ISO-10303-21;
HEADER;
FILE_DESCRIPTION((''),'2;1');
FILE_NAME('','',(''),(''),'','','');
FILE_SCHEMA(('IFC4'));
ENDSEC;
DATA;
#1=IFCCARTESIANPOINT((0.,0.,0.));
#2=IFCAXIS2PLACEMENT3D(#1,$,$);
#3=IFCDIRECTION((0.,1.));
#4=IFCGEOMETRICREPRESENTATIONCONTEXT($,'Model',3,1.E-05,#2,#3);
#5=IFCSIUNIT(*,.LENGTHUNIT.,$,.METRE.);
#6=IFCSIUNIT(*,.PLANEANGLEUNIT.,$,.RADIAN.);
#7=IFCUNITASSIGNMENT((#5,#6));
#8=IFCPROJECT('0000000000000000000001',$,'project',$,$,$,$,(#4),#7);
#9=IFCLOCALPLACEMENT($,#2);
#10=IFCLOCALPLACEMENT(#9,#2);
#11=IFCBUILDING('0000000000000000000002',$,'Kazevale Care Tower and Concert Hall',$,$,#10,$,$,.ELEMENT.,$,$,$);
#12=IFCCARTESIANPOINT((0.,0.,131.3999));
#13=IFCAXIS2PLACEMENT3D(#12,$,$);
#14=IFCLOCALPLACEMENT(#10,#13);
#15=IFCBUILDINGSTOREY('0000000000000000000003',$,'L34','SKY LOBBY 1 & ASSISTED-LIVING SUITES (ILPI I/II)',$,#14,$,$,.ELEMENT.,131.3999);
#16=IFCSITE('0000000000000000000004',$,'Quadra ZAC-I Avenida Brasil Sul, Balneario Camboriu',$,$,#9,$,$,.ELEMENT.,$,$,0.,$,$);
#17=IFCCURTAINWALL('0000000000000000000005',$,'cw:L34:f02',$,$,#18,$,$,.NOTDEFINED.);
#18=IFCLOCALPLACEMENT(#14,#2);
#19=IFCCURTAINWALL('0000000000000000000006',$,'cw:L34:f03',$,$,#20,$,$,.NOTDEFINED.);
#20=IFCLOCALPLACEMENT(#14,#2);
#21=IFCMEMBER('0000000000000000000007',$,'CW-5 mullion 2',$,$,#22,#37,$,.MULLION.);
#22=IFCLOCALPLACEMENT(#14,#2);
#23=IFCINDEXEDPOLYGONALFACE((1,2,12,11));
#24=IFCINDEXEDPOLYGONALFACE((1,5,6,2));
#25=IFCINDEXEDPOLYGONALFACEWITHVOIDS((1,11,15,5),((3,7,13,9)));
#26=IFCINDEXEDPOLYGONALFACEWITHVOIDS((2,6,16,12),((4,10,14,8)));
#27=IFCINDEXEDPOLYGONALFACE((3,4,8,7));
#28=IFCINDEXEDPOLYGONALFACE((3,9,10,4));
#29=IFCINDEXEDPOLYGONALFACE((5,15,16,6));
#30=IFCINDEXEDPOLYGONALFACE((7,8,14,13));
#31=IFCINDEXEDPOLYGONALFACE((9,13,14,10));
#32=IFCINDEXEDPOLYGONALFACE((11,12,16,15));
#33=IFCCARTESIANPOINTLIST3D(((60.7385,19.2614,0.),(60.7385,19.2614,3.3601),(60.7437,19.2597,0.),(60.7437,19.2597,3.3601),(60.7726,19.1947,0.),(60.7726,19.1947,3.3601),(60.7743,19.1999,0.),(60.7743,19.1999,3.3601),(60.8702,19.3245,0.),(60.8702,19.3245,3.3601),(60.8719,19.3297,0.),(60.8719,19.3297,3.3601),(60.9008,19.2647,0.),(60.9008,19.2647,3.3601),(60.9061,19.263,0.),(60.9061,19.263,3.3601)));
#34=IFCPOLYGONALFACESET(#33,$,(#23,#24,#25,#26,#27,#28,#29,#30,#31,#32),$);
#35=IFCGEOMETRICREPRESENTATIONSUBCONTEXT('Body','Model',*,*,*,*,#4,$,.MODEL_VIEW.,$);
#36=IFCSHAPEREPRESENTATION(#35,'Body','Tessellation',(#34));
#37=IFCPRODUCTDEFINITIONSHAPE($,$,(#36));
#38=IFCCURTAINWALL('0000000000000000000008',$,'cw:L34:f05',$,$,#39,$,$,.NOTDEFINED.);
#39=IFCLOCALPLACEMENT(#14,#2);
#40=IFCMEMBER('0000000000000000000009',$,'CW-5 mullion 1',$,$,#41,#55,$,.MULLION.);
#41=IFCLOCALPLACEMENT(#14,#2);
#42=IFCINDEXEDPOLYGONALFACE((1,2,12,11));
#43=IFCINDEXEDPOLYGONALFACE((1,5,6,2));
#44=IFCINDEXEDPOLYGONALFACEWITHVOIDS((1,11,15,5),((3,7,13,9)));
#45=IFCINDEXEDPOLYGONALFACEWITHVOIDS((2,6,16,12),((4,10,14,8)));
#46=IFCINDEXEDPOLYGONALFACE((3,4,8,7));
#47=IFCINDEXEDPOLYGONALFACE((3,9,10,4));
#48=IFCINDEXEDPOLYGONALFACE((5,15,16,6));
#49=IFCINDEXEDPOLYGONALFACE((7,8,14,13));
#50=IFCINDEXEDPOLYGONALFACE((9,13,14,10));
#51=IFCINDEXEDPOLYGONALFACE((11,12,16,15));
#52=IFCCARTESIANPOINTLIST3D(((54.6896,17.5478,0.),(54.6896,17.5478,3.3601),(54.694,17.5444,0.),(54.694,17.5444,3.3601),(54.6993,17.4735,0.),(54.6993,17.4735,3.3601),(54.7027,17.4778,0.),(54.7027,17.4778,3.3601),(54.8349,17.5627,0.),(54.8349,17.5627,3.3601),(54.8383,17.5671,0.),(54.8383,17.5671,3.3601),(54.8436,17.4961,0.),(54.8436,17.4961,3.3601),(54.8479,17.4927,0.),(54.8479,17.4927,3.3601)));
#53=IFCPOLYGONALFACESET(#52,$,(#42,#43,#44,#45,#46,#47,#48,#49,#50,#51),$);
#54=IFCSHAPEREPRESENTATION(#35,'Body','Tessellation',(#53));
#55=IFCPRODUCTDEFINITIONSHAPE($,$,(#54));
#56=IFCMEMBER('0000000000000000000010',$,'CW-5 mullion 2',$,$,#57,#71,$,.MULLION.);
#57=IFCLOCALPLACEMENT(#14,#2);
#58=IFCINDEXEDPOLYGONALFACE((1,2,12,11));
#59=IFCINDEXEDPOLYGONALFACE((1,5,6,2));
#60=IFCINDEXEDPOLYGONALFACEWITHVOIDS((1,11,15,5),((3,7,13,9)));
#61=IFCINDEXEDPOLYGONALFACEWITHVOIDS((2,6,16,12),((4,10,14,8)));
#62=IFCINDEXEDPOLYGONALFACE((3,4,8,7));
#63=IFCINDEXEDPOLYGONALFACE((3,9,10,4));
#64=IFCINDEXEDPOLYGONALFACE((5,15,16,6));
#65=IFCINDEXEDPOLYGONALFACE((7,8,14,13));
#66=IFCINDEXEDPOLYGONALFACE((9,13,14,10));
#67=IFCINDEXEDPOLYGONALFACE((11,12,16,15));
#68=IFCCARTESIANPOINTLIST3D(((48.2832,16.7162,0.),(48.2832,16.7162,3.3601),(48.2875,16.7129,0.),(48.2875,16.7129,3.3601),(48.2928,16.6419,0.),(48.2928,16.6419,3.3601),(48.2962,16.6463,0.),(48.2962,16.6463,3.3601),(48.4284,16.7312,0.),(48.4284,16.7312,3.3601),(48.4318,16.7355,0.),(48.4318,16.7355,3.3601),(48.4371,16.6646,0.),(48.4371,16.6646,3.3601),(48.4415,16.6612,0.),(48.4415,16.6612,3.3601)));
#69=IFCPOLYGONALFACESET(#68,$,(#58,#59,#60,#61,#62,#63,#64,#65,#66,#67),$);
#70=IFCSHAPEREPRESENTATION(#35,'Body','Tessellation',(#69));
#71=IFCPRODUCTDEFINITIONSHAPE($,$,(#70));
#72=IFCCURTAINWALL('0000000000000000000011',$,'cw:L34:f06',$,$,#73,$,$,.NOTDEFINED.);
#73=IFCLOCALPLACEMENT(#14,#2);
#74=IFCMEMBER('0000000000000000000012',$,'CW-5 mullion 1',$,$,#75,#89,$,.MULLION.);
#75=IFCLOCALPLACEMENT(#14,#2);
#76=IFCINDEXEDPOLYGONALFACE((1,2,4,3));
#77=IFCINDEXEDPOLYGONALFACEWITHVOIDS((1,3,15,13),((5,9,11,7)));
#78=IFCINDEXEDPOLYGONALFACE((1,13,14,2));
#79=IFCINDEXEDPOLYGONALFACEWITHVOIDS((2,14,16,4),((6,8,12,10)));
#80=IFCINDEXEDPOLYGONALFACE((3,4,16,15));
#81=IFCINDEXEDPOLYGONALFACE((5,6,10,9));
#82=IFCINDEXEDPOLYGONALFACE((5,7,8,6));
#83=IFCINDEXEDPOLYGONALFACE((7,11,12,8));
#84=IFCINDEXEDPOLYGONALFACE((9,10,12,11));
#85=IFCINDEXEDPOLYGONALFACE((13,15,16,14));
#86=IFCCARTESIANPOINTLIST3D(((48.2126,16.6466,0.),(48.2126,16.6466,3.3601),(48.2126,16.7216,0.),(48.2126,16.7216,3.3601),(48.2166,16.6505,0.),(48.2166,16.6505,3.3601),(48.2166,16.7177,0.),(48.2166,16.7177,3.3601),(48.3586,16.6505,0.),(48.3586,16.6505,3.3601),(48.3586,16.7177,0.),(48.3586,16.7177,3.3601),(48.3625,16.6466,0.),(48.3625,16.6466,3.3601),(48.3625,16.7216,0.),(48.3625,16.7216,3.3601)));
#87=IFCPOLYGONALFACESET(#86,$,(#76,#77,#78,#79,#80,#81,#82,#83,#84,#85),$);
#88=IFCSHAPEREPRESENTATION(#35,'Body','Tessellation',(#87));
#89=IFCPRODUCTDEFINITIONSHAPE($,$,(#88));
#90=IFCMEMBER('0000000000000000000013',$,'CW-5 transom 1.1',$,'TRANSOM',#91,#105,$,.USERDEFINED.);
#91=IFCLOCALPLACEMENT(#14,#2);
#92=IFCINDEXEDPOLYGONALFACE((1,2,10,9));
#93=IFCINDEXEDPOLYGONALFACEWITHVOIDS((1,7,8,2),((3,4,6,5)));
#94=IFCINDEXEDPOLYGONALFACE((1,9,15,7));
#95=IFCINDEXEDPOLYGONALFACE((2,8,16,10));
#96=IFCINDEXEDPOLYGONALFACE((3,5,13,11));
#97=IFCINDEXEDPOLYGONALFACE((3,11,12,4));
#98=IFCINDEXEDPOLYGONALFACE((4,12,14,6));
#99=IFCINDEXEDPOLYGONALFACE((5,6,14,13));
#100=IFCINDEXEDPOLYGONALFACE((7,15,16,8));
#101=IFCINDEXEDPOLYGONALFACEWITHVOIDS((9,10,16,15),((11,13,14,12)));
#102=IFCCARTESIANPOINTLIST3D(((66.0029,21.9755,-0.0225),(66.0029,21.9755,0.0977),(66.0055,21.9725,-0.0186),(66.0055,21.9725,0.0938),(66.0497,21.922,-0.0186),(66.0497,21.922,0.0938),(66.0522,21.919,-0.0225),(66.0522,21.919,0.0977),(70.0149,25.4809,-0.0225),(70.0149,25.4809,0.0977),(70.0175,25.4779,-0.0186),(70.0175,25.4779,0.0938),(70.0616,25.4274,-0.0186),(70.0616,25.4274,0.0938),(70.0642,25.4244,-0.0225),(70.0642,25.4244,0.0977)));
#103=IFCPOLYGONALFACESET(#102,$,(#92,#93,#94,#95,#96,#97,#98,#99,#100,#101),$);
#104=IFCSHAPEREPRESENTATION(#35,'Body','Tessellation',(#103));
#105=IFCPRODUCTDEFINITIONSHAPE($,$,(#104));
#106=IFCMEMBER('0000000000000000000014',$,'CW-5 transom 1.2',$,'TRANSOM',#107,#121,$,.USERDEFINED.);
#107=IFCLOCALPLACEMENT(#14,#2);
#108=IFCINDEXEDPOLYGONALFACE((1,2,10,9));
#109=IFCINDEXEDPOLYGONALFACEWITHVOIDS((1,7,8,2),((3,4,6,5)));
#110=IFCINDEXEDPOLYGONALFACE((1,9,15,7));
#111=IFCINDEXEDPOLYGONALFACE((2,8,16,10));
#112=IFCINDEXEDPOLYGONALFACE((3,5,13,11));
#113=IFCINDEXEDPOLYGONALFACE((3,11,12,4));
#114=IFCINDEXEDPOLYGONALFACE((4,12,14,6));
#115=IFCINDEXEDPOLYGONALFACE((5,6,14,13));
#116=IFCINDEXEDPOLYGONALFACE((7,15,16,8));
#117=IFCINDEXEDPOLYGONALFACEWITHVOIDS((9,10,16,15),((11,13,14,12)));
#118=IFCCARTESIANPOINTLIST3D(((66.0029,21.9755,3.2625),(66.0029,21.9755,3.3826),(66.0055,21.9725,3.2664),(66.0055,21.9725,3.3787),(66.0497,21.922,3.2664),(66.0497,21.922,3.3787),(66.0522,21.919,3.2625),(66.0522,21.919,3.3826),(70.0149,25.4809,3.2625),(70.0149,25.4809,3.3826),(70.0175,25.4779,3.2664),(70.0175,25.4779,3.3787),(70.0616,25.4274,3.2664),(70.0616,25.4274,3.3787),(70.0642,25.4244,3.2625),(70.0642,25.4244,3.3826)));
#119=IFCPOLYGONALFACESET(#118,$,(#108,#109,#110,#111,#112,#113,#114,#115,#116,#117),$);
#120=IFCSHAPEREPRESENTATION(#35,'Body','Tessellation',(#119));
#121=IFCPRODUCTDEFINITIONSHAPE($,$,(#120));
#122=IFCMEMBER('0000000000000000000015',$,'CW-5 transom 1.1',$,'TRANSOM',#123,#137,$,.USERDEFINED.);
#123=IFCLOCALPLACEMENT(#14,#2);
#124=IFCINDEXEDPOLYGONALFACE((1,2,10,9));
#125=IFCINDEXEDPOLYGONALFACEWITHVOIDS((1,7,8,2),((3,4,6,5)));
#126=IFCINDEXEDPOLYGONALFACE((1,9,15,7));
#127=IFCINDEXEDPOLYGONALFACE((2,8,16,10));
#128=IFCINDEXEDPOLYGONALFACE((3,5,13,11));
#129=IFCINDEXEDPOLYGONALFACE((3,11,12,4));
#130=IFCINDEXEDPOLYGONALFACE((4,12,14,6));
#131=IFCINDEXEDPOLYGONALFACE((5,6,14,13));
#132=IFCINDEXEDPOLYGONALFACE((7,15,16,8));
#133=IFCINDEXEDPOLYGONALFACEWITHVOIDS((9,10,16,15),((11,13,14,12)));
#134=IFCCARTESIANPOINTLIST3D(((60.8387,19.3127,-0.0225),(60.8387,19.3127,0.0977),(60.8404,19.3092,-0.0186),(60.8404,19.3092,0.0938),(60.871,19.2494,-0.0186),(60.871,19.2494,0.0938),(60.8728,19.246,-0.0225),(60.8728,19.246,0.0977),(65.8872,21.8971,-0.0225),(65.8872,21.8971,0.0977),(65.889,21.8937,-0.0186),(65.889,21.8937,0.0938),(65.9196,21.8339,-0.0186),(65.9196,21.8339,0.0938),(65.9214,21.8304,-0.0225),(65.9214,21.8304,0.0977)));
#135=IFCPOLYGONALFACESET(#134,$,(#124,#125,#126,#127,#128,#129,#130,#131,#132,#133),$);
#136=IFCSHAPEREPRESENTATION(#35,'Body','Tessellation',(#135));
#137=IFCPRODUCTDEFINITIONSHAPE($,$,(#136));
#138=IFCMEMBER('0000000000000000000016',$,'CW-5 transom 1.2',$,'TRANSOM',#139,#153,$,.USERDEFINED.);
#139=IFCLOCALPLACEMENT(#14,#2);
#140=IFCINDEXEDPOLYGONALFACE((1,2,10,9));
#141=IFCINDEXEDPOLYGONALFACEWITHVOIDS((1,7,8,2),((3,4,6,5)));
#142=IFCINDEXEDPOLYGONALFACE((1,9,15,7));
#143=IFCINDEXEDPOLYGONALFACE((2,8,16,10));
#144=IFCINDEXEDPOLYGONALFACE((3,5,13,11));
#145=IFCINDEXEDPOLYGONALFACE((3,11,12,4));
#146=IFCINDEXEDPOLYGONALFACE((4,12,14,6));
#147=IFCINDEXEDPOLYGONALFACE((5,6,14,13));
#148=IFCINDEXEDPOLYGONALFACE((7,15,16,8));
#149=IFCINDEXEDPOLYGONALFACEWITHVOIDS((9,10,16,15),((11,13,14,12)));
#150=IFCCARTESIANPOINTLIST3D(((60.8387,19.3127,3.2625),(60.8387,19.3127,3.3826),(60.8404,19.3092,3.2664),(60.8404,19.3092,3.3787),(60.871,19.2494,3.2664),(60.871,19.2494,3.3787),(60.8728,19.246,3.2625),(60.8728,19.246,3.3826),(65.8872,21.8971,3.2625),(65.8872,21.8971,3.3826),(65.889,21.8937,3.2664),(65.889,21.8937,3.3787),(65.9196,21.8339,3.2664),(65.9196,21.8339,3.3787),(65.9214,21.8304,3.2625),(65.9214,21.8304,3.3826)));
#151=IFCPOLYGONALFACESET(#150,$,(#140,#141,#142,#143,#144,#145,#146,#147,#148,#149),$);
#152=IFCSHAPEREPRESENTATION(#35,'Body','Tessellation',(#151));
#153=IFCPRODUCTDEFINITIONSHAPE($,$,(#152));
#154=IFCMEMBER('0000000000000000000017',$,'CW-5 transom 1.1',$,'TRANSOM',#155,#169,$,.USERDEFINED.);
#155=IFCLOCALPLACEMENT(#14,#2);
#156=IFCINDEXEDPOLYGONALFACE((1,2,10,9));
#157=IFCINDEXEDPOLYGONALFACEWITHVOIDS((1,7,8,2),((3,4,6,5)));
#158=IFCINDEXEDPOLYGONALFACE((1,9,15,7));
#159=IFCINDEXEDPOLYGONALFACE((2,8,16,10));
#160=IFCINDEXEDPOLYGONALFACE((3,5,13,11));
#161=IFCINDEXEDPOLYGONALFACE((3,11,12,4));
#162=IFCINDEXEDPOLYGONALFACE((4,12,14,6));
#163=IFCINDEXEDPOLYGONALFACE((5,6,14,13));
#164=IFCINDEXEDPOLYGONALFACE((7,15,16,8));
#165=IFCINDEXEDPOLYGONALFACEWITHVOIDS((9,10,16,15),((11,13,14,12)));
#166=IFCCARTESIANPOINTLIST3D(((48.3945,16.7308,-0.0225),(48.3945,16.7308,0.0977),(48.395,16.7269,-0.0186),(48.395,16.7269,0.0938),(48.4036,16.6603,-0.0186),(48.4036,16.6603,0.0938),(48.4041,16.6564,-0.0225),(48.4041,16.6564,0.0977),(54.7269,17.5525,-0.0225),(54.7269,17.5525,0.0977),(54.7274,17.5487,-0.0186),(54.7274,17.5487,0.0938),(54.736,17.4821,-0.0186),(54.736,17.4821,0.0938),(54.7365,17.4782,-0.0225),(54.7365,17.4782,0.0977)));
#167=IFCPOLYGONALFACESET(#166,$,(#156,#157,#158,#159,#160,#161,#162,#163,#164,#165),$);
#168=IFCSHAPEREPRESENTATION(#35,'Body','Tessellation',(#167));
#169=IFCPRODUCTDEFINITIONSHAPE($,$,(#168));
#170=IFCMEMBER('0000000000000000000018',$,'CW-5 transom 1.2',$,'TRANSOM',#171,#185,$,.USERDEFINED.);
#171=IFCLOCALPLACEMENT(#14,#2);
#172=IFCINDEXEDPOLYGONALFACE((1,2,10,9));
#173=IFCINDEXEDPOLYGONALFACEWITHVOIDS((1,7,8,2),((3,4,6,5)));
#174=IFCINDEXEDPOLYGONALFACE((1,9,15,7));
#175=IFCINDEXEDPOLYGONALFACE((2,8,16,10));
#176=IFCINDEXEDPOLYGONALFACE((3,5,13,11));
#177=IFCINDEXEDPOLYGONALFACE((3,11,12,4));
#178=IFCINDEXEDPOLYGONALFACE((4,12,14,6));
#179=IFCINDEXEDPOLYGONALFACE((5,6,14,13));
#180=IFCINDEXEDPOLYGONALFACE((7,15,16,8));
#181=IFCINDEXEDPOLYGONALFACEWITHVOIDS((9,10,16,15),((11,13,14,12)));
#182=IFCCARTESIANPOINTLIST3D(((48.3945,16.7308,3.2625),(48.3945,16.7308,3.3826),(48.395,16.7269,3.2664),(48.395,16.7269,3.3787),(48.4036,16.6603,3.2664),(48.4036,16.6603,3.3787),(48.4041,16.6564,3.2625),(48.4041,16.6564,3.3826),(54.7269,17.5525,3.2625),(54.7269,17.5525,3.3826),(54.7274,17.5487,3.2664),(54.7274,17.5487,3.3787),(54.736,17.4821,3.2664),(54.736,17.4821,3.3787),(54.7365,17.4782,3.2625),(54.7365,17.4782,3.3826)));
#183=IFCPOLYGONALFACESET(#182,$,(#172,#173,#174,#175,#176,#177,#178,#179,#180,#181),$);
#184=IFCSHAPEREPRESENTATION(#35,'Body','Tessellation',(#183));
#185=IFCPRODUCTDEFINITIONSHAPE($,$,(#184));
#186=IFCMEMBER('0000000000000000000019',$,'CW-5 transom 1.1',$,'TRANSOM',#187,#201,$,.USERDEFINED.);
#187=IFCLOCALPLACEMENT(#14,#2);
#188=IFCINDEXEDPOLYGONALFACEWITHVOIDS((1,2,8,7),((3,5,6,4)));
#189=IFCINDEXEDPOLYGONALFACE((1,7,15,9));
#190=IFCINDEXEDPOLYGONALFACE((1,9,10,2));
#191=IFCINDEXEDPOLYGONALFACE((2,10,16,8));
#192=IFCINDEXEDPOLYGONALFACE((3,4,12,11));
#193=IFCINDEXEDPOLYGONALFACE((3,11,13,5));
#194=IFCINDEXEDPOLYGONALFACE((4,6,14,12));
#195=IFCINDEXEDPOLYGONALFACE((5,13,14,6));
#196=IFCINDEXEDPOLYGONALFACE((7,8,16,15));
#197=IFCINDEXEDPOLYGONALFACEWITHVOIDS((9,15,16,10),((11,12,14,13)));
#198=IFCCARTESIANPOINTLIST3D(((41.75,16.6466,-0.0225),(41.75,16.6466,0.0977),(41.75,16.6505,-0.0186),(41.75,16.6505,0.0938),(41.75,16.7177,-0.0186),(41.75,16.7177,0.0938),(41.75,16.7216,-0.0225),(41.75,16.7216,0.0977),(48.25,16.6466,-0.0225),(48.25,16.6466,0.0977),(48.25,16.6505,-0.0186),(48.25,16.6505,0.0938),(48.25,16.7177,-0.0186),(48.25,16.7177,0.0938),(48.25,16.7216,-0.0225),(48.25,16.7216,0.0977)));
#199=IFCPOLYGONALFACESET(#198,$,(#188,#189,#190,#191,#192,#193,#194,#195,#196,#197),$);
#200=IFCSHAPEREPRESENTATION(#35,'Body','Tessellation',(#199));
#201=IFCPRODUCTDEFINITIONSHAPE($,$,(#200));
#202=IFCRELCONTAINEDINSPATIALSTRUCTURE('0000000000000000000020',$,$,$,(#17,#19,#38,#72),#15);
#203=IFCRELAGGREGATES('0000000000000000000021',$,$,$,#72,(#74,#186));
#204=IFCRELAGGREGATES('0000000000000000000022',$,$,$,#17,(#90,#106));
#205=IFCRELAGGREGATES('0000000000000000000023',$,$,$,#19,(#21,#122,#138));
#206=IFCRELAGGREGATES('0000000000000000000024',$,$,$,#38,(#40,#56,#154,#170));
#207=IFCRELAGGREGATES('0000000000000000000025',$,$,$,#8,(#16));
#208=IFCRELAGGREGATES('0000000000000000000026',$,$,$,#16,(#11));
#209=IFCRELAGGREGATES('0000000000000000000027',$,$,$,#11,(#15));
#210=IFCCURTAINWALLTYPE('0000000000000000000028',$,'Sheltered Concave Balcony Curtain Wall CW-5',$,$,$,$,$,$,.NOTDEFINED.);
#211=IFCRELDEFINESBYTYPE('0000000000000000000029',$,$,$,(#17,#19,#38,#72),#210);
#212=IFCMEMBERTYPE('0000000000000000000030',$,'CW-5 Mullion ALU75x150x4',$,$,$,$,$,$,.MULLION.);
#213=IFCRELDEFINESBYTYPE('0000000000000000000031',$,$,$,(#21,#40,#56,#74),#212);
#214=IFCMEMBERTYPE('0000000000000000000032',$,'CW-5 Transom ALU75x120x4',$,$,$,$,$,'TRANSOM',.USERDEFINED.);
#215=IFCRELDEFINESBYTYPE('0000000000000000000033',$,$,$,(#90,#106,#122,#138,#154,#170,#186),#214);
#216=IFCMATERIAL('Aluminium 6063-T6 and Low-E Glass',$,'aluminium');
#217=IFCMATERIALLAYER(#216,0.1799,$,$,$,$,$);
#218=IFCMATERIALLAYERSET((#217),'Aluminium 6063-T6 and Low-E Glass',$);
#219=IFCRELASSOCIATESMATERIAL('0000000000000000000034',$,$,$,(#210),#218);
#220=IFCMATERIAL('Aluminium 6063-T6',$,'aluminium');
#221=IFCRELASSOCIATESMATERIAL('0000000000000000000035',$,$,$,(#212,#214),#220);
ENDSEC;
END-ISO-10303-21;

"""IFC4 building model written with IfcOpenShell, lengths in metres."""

from ifc_helpers import new_model, si_unit, direction, frame, origin, origin_2d, place, context, subcontext, project, spatial, hollow_rectangle, extrude, material, layer, layer_set, material_profile, profile_set, type_object, element, aggregate, save


model = new_model("IFC4")

# Units and contexts
model_context = context("Model", 3, precision=1e-05, world=origin(), true_north=direction((0.0, 1.0)))
body_context = subcontext(model_context, "Body", "Model", "MODEL_VIEW")
ifc_project = project(units=[si_unit("LENGTHUNIT", "METRE"), si_unit("PLANEANGLEUNIT", "RADIAN")], contexts=[model_context])

# Site, building, storey
site_placement = place(None, origin())
site = spatial("IfcSite", under=ifc_project, at=site_placement, Name="Quadra ZAC-I Avenida Brasil Sul, Balneario Camboriu", CompositionType="ELEMENT", RefElevation=0.0)
building_placement = place(site_placement, origin())
building = spatial("IfcBuilding", under=site, at=building_placement, Name="Kazevale Care Tower and Concert Hall", CompositionType="ELEMENT")
storey_placement = place(building_placement, frame((0.0, 0.0, 131.3999)))
storey = spatial("IfcBuildingStorey", under=building, at=storey_placement, Name="L34", Description="SKY LOBBY 1 & ASSISTED-LIVING SUITES (ILPI I/II)", CompositionType="ELEMENT", Elevation=131.3999)

# Curtain walls, members
ifc_material_1 = material(Name="Aluminium 6063-T6 and Low-E Glass", Category="aluminium")
ifc_layer_1 = layer(ifc_material_1, 0.1799)
ifc_layer_set_1 = layer_set([ifc_layer_1], Name="Aluminium 6063-T6 and Low-E Glass")
curtain_wall_type = type_object("IfcCurtainWallType", Name="Sheltered Concave Balcony Curtain Wall CW-5", PredefinedType="NOTDEFINED", material=ifc_layer_set_1)
curtain_wall_1_placement = place(storey_placement, origin())
curtain_wall_1 = element("IfcCurtainWall", 1, at=curtain_wall_1_placement, inside=storey, type_object=curtain_wall_type, Name="cw:L34:f02", PredefinedType="NOTDEFINED")
ifc_material_2 = material(Name="Aluminium 6063-T6", Category="aluminium")
ifc_material_profile_1 = material_profile(ifc_material_2, hollow_rectangle(XDim=0.075, YDim=0.1499, WallThickness=0.0039, at=origin_2d()), Name="ALU75x150x4")
ifc_profile_set_1 = profile_set([ifc_material_profile_1], Name="Aluminium 6063-T6")
member_type_1 = type_object("IfcMemberType", Name="CW-5 Mullion ALU75x150x4", PredefinedType="MULLION", material=ifc_profile_set_1)
curtain_wall_2_placement = place(storey_placement, origin())
curtain_wall_2 = element("IfcCurtainWall", 2, at=curtain_wall_2_placement, inside=storey, type_object=curtain_wall_type, Name="cw:L34:f03", PredefinedType="NOTDEFINED")
member_1_placement = place(storey_placement, frame((60.8223, 19.2622, 0.0), z_axis=(0.0, 0.0, 1.0), x_axis=(0.455713, -0.890127, 0.0)))
member_1 = element("IfcMember", 3, at=member_1_placement, type_object=member_type_1, Name="CW-5 mullion 2", PredefinedType="MULLION", context=body_context, shape_type="SweptSolid", body=[
    extrude(hollow_rectangle(XDim=0.075, YDim=0.1499, WallThickness=0.0039, at=origin_2d()), origin(), (0.0, 0.0, 1.0), 3.3601),
])
curtain_wall_3_placement = place(storey_placement, origin())
curtain_wall_3 = element("IfcCurtainWall", 4, at=curtain_wall_3_placement, inside=storey, type_object=curtain_wall_type, Name="cw:L34:f05", PredefinedType="NOTDEFINED")
member_2_placement = place(storey_placement, frame((54.7688, 17.5203, 0.0), z_axis=(0.0, 0.0, 1.0), x_axis=(0.128685, -0.991686, 0.0)))
member_2 = element("IfcMember", 5, at=member_2_placement, type_object=member_type_1, Name="CW-5 mullion 1", PredefinedType="MULLION", context=body_context, shape_type="SweptSolid", body=[
    extrude(hollow_rectangle(XDim=0.075, YDim=0.1499, WallThickness=0.0039, at=origin_2d()), origin(), (0.0, 0.0, 1.0), 3.3601),
])
member_3_placement = place(storey_placement, frame((48.3623, 16.6887, 0.0), z_axis=(0.0, 0.0, 1.0), x_axis=(0.128685, -0.991686, 0.0)))
member_3 = element("IfcMember", 6, at=member_3_placement, type_object=member_type_1, Name="CW-5 mullion 2", PredefinedType="MULLION", context=body_context, shape_type="SweptSolid", body=[
    extrude(hollow_rectangle(XDim=0.075, YDim=0.1499, WallThickness=0.0039, at=origin_2d()), origin(), (0.0, 0.0, 1.0), 3.3601),
])

# Curtain wall, member
curtain_wall_4_placement = place(storey_placement, origin())
curtain_wall_4 = element("IfcCurtainWall", 7, at=curtain_wall_4_placement, inside=storey, type_object=curtain_wall_type, Name="cw:L34:f06", PredefinedType="NOTDEFINED")
member_4_placement = place(storey_placement, frame((48.2876, 16.6841, 0.0), z_axis=(0.0, 0.0, 1.0), x_axis=(0.0, -1.0, 0.0)))
member_4 = element("IfcMember", 8, at=member_4_placement, type_object=member_type_1, Name="CW-5 mullion 1", PredefinedType="MULLION", context=body_context, shape_type="SweptSolid", body=[
    extrude(hollow_rectangle(XDim=0.075, YDim=0.1499, WallThickness=0.0039, at=origin_2d()), origin(), (0.0, 0.0, 1.0), 3.3601),
])

# Members
ifc_material_profile_2 = material_profile(ifc_material_2, hollow_rectangle(XDim=0.075, YDim=0.1201, WallThickness=0.0039, at=origin_2d()), Name="ALU75x120x4")
ifc_profile_set_2 = profile_set([ifc_material_profile_2], Name="Aluminium 6063-T6")
member_type_2 = type_object("IfcMemberType", Name="CW-5 Transom ALU75x120x4", ElementType="TRANSOM", PredefinedType="USERDEFINED", material=ifc_profile_set_2)
member_5_placement = place(storey_placement, frame((70.0396, 25.4526, 0.0376), z_axis=(-0.753051, -0.657963, 0.0), x_axis=(0.657963, -0.753051, 0.0)))
member_5 = element("IfcMember", 9, at=member_5_placement, type_object=member_type_2, Name="CW-5 transom 1.1", ObjectType="TRANSOM", PredefinedType="USERDEFINED", context=body_context, shape_type="SweptSolid", body=[
    extrude(hollow_rectangle(XDim=0.075, YDim=0.1201, WallThickness=0.0039, at=origin_2d()), origin(), (0.0, 0.0, 1.0), 5.3276),
])
member_6_placement = place(storey_placement, frame((70.0396, 25.4526, 3.3225), z_axis=(-0.753051, -0.657963, 0.0), x_axis=(0.657963, -0.753051, 0.0)))
member_6 = element("IfcMember", 10, at=member_6_placement, type_object=member_type_2, Name="CW-5 transom 1.2", ObjectType="TRANSOM", PredefinedType="USERDEFINED", context=body_context, shape_type="SweptSolid", body=[
    extrude(hollow_rectangle(XDim=0.075, YDim=0.1201, WallThickness=0.0039, at=origin_2d()), origin(), (0.0, 0.0, 1.0), 5.3276),
])
member_7_placement = place(storey_placement, frame((65.9043, 21.8638, 0.0376), z_axis=(-0.890143, -0.455682, 0.0), x_axis=(0.455682, -0.890143, 0.0)))
member_7 = element("IfcMember", 11, at=member_7_placement, type_object=member_type_2, Name="CW-5 transom 1.1", ObjectType="TRANSOM", PredefinedType="USERDEFINED", context=body_context, shape_type="SweptSolid", body=[
    extrude(hollow_rectangle(XDim=0.075, YDim=0.1201, WallThickness=0.0039, at=origin_2d()), origin(), (0.0, 0.0, 1.0), 5.6716),
])
member_8_placement = place(storey_placement, frame((65.9043, 21.8638, 3.3225), z_axis=(-0.890143, -0.455682, 0.0), x_axis=(0.455682, -0.890143, 0.0)))
member_8 = element("IfcMember", 12, at=member_8_placement, type_object=member_type_2, Name="CW-5 transom 1.2", ObjectType="TRANSOM", PredefinedType="USERDEFINED", context=body_context, shape_type="SweptSolid", body=[
    extrude(hollow_rectangle(XDim=0.075, YDim=0.1201, WallThickness=0.0039, at=origin_2d()), origin(), (0.0, 0.0, 1.0), 5.6716),
])
member_9_placement = place(storey_placement, frame((54.7317, 17.5154, 0.0376), z_axis=(-0.991684, -0.128697, 0.0), x_axis=(0.128697, -0.991684, 0.0)))
member_9 = element("IfcMember", 13, at=member_9_placement, type_object=member_type_2, Name="CW-5 transom 1.1", ObjectType="TRANSOM", PredefinedType="USERDEFINED", context=body_context, shape_type="SweptSolid", body=[
    extrude(hollow_rectangle(XDim=0.075, YDim=0.1201, WallThickness=0.0039, at=origin_2d()), origin(), (0.0, 0.0, 1.0), 6.3855),
])
member_10_placement = place(storey_placement, frame((54.7317, 17.5154, 3.3225), z_axis=(-0.991684, -0.128697, 0.0), x_axis=(0.128697, -0.991684, 0.0)))
member_10 = element("IfcMember", 14, at=member_10_placement, type_object=member_type_2, Name="CW-5 transom 1.2", ObjectType="TRANSOM", PredefinedType="USERDEFINED", context=body_context, shape_type="SweptSolid", body=[
    extrude(hollow_rectangle(XDim=0.075, YDim=0.1201, WallThickness=0.0039, at=origin_2d()), origin(), (0.0, 0.0, 1.0), 6.3855),
])
member_11_placement = place(storey_placement, frame((48.25, 16.6841, 0.0376), z_axis=(-1.0, 0.0, 0.0), x_axis=(0.0, -1.0, 0.0)))
member_11 = element("IfcMember", 15, at=member_11_placement, type_object=member_type_2, Name="CW-5 transom 1.1", ObjectType="TRANSOM", PredefinedType="USERDEFINED", context=body_context, shape_type="SweptSolid", body=[
    extrude(hollow_rectangle(XDim=0.075, YDim=0.1201, WallThickness=0.0039, at=origin_2d()), origin(), (0.0, 0.0, 1.0), 6.5),
])
aggregate(curtain_wall_4, [member_4, member_11])

aggregate(curtain_wall_1, [member_5, member_6])
aggregate(curtain_wall_2, [member_1, member_7, member_8])
aggregate(curtain_wall_3, [member_2, member_3, member_9, member_10])

save(model, "model.ifc")
